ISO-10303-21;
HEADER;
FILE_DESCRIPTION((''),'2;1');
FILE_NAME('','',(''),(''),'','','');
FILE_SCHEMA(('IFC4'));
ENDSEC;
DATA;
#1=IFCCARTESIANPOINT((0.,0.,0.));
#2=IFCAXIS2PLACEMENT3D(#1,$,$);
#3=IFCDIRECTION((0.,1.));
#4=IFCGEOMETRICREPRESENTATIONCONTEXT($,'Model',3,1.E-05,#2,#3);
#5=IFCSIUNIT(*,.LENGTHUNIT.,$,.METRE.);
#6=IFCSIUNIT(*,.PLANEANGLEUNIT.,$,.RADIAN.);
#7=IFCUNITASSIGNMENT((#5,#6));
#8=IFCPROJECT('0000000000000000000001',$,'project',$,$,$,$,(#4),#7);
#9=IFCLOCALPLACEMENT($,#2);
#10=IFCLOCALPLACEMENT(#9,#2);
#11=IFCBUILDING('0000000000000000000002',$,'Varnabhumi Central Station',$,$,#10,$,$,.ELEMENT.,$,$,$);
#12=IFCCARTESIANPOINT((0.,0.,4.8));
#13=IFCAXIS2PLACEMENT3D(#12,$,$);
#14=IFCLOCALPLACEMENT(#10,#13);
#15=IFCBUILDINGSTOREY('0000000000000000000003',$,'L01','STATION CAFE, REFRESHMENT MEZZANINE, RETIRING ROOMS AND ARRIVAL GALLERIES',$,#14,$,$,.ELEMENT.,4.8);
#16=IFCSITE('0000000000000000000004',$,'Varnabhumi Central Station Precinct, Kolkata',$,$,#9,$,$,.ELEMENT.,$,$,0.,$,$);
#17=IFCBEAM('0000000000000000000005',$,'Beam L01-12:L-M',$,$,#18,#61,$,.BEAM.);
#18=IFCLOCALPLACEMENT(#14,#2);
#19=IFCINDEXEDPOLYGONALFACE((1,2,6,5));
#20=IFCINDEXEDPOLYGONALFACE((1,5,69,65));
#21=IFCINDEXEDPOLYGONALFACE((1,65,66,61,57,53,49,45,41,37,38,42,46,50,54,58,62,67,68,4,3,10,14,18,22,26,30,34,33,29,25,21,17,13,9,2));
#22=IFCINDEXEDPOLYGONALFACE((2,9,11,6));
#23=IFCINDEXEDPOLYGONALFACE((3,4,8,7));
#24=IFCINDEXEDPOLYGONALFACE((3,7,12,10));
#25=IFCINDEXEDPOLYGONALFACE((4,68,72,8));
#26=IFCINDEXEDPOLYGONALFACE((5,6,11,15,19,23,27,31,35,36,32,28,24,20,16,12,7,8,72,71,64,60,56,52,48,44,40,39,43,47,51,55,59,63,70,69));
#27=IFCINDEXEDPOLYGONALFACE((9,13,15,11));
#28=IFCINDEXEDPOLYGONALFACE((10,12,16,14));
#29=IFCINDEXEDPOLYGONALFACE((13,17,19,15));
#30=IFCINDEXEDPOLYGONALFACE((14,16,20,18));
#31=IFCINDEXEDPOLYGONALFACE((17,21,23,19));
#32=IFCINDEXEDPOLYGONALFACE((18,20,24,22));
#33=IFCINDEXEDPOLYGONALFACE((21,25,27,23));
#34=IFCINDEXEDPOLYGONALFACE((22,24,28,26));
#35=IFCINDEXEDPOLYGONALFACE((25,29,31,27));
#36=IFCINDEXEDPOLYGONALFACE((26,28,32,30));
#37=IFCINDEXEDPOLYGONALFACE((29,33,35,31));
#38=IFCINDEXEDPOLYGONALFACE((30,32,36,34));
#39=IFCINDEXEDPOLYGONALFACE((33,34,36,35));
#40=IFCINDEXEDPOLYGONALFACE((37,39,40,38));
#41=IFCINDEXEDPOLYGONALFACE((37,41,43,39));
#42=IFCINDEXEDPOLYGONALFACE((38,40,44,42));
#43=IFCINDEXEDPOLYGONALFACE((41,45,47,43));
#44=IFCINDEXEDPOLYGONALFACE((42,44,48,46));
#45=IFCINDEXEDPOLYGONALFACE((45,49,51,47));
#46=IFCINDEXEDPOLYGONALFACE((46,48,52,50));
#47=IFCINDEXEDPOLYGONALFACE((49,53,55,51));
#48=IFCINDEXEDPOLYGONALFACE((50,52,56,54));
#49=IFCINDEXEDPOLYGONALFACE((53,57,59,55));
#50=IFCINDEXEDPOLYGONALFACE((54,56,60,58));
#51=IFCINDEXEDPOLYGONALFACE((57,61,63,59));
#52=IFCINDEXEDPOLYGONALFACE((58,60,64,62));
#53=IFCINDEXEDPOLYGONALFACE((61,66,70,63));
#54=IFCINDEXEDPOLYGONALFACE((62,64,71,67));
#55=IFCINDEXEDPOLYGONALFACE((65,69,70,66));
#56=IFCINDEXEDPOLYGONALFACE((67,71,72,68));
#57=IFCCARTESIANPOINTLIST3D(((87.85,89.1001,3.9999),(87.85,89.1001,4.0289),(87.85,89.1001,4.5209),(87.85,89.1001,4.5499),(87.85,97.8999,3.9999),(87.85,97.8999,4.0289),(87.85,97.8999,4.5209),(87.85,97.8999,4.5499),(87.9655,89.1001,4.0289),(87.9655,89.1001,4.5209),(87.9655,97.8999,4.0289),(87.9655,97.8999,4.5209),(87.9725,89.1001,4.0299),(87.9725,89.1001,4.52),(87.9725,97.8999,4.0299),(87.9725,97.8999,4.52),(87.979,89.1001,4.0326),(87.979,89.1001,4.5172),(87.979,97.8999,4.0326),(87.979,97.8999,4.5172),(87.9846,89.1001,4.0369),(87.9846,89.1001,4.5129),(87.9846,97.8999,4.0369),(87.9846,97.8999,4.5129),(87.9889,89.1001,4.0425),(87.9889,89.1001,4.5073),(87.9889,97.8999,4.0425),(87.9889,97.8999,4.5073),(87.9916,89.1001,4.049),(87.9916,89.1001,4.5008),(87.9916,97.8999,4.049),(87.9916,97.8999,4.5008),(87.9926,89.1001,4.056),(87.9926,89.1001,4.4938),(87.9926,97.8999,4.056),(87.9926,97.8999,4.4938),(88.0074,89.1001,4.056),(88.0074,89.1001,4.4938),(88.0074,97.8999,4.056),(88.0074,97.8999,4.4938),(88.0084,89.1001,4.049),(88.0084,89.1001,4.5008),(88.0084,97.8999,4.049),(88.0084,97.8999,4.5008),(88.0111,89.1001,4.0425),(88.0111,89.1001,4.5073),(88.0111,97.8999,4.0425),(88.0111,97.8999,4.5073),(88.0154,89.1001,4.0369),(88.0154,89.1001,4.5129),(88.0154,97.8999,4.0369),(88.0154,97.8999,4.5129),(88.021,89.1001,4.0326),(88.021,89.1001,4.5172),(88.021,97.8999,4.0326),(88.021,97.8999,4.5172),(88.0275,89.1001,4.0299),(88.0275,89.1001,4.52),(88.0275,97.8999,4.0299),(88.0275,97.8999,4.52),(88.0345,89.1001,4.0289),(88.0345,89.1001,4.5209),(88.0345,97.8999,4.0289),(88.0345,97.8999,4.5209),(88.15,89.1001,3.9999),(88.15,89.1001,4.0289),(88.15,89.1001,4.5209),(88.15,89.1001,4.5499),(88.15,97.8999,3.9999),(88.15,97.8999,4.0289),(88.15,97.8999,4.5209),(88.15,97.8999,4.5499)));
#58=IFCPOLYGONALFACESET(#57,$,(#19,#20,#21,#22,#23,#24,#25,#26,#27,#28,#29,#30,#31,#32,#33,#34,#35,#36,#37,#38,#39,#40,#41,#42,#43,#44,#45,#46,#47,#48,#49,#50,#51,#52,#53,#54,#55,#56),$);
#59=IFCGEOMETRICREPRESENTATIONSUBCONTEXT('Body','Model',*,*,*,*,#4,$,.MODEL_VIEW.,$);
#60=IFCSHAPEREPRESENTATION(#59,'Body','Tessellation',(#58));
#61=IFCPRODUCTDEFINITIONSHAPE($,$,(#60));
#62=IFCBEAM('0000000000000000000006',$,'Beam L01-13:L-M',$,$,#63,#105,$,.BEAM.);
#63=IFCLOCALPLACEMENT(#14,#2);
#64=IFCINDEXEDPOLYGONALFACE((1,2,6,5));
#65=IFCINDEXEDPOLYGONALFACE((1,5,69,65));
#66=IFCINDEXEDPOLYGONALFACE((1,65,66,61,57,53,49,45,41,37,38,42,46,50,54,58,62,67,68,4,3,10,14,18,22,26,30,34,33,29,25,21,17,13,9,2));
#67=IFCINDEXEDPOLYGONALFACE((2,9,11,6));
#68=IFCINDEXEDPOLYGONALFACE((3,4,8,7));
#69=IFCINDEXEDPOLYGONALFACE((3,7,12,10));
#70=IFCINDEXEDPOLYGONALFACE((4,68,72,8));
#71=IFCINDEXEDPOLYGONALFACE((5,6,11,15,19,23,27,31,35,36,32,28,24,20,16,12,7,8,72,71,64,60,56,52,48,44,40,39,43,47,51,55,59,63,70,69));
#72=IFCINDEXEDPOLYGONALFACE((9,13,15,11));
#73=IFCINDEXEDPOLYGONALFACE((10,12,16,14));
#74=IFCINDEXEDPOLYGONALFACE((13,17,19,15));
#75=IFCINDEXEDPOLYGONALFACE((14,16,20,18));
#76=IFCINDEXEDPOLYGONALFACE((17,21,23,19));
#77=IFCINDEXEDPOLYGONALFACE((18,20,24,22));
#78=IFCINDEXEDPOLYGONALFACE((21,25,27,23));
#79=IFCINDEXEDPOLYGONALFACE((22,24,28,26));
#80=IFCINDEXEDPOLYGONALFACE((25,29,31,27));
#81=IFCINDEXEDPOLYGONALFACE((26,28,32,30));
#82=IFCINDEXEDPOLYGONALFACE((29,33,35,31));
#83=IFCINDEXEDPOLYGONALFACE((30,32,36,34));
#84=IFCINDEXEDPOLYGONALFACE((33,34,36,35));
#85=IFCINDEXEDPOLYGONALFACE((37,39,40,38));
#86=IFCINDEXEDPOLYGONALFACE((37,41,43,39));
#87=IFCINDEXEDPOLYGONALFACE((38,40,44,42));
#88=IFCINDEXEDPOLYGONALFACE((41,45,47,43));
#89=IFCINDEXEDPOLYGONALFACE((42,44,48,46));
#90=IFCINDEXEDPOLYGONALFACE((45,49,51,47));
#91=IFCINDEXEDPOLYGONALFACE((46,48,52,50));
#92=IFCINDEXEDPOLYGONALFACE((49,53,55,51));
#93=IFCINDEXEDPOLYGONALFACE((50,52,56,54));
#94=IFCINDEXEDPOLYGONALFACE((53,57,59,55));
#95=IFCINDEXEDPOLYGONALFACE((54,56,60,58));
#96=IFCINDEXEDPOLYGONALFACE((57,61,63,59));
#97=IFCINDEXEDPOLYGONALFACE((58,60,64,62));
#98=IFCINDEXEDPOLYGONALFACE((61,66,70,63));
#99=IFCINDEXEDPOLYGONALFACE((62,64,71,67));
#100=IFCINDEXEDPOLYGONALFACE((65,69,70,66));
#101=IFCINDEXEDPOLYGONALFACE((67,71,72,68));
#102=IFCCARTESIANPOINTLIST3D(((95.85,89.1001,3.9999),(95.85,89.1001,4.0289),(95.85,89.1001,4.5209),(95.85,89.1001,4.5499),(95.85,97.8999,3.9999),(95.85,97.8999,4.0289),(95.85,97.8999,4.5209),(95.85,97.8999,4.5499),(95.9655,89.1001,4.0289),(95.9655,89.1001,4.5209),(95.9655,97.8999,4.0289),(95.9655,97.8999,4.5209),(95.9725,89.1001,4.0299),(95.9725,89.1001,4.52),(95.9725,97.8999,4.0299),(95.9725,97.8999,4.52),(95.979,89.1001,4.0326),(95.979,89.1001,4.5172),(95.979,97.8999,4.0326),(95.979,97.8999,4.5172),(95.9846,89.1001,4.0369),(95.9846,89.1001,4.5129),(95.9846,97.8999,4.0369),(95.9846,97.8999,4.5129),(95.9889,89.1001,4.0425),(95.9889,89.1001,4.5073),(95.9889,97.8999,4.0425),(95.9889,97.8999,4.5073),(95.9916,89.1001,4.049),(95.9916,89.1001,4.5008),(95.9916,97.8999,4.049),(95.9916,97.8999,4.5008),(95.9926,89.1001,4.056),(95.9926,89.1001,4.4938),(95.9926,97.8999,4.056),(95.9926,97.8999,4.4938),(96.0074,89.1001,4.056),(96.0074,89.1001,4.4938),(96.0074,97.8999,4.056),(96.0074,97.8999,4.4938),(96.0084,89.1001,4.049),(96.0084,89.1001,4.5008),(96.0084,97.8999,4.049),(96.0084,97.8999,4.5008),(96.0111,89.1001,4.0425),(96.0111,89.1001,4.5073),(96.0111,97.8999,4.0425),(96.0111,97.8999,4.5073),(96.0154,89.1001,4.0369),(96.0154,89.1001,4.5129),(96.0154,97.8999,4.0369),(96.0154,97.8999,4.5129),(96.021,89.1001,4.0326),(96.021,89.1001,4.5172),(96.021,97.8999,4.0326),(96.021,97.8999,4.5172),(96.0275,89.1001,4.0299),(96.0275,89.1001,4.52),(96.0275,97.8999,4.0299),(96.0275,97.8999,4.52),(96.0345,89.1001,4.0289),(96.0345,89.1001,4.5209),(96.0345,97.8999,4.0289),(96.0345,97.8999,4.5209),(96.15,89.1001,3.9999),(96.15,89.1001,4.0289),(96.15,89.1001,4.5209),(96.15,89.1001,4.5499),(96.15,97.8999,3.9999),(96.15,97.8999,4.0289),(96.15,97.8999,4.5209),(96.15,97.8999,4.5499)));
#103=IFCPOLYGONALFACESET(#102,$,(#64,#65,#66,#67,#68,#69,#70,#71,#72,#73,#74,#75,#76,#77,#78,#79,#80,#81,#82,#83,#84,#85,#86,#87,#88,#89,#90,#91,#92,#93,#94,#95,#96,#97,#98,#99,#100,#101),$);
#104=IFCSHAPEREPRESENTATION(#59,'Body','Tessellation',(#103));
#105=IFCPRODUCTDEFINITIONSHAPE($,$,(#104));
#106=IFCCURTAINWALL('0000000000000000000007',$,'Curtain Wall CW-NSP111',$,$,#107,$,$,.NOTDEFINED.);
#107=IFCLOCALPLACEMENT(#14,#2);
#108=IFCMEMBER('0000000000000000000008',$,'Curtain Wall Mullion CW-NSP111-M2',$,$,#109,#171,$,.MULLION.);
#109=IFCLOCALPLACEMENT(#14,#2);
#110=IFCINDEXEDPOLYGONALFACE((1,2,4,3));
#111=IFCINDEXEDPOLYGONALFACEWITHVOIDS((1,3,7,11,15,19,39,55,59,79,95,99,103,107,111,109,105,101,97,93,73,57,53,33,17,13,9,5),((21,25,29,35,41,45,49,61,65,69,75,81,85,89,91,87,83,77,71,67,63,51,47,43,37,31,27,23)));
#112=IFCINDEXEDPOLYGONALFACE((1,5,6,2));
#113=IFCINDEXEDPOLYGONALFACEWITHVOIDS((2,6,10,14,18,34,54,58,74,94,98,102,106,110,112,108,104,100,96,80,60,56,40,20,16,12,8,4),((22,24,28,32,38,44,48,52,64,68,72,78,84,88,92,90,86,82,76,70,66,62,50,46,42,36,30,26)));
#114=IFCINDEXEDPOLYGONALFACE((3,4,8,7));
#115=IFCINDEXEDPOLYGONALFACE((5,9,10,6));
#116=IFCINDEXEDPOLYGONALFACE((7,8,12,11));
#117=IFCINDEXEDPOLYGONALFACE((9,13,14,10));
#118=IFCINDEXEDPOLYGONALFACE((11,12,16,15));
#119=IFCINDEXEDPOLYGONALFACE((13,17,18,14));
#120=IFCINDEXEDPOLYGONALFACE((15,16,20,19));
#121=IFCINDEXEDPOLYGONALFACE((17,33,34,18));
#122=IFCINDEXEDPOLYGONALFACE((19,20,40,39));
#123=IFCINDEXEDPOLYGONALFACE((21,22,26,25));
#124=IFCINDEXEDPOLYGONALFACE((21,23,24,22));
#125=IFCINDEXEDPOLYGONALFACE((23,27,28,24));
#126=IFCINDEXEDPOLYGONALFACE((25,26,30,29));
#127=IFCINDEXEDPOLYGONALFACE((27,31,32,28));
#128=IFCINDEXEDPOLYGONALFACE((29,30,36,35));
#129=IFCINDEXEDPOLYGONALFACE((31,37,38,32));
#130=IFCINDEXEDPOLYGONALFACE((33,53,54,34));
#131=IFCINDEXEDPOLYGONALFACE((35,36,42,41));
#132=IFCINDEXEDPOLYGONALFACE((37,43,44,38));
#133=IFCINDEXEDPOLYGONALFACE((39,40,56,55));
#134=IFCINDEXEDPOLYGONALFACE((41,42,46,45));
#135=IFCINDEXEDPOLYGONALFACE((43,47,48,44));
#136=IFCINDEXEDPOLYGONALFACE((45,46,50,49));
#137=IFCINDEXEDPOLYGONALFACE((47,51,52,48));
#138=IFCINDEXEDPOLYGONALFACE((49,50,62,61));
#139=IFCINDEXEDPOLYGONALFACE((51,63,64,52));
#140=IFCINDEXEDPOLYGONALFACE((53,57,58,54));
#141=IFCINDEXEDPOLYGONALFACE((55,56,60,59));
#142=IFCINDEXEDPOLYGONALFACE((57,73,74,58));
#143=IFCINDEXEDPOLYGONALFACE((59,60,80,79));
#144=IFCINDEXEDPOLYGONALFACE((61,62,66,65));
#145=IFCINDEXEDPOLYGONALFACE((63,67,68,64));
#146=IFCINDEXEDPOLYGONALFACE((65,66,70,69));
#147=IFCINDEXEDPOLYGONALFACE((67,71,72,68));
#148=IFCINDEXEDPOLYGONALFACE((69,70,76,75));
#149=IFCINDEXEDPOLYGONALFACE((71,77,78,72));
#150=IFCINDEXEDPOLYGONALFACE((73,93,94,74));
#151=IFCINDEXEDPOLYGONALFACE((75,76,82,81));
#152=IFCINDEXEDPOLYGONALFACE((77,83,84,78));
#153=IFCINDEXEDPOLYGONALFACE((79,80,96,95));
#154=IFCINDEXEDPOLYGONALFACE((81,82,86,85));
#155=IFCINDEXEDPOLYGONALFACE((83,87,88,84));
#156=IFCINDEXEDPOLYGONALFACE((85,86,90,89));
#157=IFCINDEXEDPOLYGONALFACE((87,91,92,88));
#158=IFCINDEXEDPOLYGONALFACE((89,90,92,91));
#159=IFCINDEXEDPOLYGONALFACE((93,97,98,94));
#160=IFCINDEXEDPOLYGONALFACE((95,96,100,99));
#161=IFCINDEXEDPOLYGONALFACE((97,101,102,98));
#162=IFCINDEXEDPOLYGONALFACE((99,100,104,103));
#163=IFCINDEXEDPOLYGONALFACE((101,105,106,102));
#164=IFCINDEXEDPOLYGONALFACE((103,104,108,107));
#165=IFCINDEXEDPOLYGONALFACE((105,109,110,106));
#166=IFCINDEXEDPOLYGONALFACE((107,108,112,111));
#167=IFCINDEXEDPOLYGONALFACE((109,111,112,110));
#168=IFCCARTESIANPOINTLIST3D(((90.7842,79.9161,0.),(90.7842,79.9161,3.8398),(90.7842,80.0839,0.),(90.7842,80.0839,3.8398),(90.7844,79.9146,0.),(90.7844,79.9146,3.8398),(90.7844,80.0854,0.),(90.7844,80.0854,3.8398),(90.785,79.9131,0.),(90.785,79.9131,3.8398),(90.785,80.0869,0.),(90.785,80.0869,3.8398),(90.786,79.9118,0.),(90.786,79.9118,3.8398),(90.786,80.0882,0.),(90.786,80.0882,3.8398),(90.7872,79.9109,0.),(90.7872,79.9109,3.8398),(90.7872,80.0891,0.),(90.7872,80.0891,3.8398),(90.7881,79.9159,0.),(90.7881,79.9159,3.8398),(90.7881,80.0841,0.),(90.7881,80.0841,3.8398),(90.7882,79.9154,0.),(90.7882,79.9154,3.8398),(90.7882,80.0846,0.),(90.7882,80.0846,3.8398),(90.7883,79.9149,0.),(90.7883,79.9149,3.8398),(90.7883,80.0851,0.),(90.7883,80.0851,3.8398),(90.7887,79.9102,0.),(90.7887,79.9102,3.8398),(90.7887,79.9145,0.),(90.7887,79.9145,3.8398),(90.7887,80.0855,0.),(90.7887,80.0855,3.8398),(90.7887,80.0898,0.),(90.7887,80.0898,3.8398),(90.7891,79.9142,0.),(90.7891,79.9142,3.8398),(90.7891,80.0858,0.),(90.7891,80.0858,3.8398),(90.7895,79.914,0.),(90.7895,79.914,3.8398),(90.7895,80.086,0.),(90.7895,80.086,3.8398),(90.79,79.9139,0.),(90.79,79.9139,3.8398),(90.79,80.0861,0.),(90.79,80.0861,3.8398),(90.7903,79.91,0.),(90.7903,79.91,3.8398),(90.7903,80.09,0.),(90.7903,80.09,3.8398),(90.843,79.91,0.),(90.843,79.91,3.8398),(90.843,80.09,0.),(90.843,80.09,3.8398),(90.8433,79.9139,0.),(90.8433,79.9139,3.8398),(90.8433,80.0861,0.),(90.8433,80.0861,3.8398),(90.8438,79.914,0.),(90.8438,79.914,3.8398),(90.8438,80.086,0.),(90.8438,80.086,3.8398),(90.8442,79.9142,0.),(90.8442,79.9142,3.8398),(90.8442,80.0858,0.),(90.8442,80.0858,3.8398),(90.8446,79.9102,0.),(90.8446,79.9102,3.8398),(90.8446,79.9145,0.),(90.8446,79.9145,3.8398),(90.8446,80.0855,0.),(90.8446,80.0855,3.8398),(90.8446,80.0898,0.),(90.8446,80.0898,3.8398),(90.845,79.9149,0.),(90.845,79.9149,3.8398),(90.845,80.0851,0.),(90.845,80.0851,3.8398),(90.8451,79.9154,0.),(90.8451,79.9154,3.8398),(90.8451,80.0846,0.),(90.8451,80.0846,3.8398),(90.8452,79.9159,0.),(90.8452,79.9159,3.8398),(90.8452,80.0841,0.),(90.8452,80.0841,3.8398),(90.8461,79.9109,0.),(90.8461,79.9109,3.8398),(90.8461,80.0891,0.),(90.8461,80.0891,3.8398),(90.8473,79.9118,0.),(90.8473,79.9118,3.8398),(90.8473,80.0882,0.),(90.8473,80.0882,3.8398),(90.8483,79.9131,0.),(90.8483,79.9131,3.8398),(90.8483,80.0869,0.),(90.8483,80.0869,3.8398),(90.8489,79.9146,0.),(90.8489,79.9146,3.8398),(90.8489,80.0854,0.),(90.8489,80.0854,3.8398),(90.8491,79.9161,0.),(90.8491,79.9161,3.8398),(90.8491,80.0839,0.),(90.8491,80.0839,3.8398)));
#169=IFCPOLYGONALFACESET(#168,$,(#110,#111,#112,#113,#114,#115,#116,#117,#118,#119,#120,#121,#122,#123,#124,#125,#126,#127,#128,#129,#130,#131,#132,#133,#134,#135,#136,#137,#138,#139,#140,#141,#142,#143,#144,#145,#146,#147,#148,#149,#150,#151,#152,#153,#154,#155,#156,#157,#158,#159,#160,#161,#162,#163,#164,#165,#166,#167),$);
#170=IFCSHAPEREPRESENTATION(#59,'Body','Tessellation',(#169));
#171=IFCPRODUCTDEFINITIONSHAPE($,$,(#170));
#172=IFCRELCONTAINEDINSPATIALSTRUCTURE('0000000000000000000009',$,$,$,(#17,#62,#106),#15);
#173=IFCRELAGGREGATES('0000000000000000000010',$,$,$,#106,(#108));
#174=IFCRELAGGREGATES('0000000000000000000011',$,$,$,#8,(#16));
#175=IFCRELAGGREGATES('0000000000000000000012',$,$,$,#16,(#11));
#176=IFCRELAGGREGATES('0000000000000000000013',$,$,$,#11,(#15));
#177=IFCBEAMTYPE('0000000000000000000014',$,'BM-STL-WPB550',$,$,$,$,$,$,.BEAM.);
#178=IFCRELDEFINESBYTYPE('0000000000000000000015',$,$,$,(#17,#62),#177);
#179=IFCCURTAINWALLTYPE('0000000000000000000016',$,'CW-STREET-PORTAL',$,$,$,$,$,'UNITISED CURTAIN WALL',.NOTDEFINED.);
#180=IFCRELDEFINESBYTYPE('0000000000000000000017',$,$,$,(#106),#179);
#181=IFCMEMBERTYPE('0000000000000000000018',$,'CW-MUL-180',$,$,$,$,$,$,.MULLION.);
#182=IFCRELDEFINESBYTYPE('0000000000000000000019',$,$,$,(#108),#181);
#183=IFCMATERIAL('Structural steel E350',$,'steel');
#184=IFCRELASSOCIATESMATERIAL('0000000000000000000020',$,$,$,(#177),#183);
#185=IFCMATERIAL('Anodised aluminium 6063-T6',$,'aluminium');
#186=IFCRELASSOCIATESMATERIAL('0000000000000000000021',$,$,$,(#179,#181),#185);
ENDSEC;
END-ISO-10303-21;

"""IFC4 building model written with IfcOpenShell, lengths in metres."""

from ifc_helpers import new_model, si_unit, direction, frame, origin, origin_2d, place, context, subcontext, project, spatial, hollow_rectangle, i_section, extrude, material, material_profile, profile_set, type_object, element, aggregate, save


model = new_model("IFC4")

# Units and contexts
model_context = context("Model", 3, precision=1e-05, world=origin(), true_north=direction((0.0, 1.0)))
body_context = subcontext(model_context, "Body", "Model", "MODEL_VIEW")
ifc_project = project(units=[si_unit("LENGTHUNIT", "METRE"), si_unit("PLANEANGLEUNIT", "RADIAN")], contexts=[model_context])

# Site, building, storey
site_placement = place(None, origin())
site = spatial("IfcSite", under=ifc_project, at=site_placement, Name="Varnabhumi Central Station Precinct, Kolkata", CompositionType="ELEMENT", RefElevation=0.0)
building_placement = place(site_placement, origin())
building = spatial("IfcBuilding", under=site, at=building_placement, Name="Varnabhumi Central Station", CompositionType="ELEMENT")
storey_placement = place(building_placement, frame((0.0, 0.0, 4.8)))
storey = spatial("IfcBuildingStorey", under=building, at=storey_placement, Name="L01", Description="STATION CAFE, REFRESHMENT MEZZANINE, RETIRING ROOMS AND ARRIVAL GALLERIES", CompositionType="ELEMENT", Elevation=4.8)

# Beams
ifc_material_1 = material(Name="Structural steel E350", Category="steel")
ifc_material_profile_1 = material_profile(ifc_material_1, i_section(OverallWidth=0.3, OverallDepth=0.55, WebThickness=0.0149, FlangeThickness=0.0291, FilletRadius=0.0271, at=origin_2d()), Name="Structural steel E350", Category="steel")
ifc_profile_set_1 = profile_set([ifc_material_profile_1], Name="Structural steel E350")
beam_type_1 = type_object("IfcBeamType", Name="BM-STL-WPB550", PredefinedType="BEAM", material=ifc_profile_set_1)
for number, where, z_axis, x_axis, name in (
    (1, (88.0, 89.1001, 4.2749), (0.0, 1.0, 0.0), (-1.0, 0.0, 0.0), "Beam L01-12:L-M"),
    (2, (96.0, 89.1001, 4.2749), (0.0, 1.0, 0.0), (-1.0, 0.0, 0.0), "Beam L01-13:L-M"),
):
    element("IfcBeam", number, at=place(storey_placement, frame(where, z_axis=z_axis, x_axis=x_axis)), inside=storey, type_object=beam_type_1, Name=name, PredefinedType="BEAM", context=body_context, shape_type="SweptSolid", body=[
        extrude(i_section(OverallWidth=0.3, OverallDepth=0.55, WebThickness=0.0149, FlangeThickness=0.0291, FilletRadius=0.0271, at=origin_2d()), origin(), (0.0, 0.0, 1.0), 8.7998),
    ])

# Curtain wall, member
ifc_material_2 = material(Name="Anodised aluminium 6063-T6", Category="aluminium")
curtain_wall_type_1 = type_object("IfcCurtainWallType", Name="CW-STREET-PORTAL", ElementType="UNITISED CURTAIN WALL", PredefinedType="NOTDEFINED", material=ifc_material_2)
curtain_wall_1_placement = place(storey_placement, origin())
curtain_wall_1 = element("IfcCurtainWall", 3, at=curtain_wall_1_placement, inside=storey, type_object=curtain_wall_type_1, Name="Curtain Wall CW-NSP111", PredefinedType="NOTDEFINED")
ifc_material_profile_2 = material_profile(ifc_material_2, hollow_rectangle(XDim=0.0649, YDim=0.1799, WallThickness=0.0039, InnerFilletRadius=0.002, OuterFilletRadius=0.0061, at=origin_2d()), Name="Anodised aluminium 6063-T6", Category="aluminium")
ifc_profile_set_2 = profile_set([ifc_material_profile_2], Name="Anodised aluminium 6063-T6")
member_type_1 = type_object("IfcMemberType", Name="CW-MUL-180", PredefinedType="MULLION", material=ifc_profile_set_2)
member_1_placement = place(storey_placement, frame((90.8167, 80.0, 0.0), z_axis=(0.0, 0.0, 1.0), x_axis=(1.0, 0.0, 0.0)))
member_1 = element("IfcMember", 4, at=member_1_placement, type_object=member_type_1, Name="Curtain Wall Mullion CW-NSP111-M2", PredefinedType="MULLION", context=body_context, shape_type="SweptSolid", body=[
    extrude(hollow_rectangle(XDim=0.0649, YDim=0.1799, WallThickness=0.0039, InnerFilletRadius=0.002, OuterFilletRadius=0.0061, at=origin_2d()), origin(), (0.0, 0.0, 1.0), 3.8398),
])

aggregate(curtain_wall_1, [member_1])

save(model, "model.ifc")
